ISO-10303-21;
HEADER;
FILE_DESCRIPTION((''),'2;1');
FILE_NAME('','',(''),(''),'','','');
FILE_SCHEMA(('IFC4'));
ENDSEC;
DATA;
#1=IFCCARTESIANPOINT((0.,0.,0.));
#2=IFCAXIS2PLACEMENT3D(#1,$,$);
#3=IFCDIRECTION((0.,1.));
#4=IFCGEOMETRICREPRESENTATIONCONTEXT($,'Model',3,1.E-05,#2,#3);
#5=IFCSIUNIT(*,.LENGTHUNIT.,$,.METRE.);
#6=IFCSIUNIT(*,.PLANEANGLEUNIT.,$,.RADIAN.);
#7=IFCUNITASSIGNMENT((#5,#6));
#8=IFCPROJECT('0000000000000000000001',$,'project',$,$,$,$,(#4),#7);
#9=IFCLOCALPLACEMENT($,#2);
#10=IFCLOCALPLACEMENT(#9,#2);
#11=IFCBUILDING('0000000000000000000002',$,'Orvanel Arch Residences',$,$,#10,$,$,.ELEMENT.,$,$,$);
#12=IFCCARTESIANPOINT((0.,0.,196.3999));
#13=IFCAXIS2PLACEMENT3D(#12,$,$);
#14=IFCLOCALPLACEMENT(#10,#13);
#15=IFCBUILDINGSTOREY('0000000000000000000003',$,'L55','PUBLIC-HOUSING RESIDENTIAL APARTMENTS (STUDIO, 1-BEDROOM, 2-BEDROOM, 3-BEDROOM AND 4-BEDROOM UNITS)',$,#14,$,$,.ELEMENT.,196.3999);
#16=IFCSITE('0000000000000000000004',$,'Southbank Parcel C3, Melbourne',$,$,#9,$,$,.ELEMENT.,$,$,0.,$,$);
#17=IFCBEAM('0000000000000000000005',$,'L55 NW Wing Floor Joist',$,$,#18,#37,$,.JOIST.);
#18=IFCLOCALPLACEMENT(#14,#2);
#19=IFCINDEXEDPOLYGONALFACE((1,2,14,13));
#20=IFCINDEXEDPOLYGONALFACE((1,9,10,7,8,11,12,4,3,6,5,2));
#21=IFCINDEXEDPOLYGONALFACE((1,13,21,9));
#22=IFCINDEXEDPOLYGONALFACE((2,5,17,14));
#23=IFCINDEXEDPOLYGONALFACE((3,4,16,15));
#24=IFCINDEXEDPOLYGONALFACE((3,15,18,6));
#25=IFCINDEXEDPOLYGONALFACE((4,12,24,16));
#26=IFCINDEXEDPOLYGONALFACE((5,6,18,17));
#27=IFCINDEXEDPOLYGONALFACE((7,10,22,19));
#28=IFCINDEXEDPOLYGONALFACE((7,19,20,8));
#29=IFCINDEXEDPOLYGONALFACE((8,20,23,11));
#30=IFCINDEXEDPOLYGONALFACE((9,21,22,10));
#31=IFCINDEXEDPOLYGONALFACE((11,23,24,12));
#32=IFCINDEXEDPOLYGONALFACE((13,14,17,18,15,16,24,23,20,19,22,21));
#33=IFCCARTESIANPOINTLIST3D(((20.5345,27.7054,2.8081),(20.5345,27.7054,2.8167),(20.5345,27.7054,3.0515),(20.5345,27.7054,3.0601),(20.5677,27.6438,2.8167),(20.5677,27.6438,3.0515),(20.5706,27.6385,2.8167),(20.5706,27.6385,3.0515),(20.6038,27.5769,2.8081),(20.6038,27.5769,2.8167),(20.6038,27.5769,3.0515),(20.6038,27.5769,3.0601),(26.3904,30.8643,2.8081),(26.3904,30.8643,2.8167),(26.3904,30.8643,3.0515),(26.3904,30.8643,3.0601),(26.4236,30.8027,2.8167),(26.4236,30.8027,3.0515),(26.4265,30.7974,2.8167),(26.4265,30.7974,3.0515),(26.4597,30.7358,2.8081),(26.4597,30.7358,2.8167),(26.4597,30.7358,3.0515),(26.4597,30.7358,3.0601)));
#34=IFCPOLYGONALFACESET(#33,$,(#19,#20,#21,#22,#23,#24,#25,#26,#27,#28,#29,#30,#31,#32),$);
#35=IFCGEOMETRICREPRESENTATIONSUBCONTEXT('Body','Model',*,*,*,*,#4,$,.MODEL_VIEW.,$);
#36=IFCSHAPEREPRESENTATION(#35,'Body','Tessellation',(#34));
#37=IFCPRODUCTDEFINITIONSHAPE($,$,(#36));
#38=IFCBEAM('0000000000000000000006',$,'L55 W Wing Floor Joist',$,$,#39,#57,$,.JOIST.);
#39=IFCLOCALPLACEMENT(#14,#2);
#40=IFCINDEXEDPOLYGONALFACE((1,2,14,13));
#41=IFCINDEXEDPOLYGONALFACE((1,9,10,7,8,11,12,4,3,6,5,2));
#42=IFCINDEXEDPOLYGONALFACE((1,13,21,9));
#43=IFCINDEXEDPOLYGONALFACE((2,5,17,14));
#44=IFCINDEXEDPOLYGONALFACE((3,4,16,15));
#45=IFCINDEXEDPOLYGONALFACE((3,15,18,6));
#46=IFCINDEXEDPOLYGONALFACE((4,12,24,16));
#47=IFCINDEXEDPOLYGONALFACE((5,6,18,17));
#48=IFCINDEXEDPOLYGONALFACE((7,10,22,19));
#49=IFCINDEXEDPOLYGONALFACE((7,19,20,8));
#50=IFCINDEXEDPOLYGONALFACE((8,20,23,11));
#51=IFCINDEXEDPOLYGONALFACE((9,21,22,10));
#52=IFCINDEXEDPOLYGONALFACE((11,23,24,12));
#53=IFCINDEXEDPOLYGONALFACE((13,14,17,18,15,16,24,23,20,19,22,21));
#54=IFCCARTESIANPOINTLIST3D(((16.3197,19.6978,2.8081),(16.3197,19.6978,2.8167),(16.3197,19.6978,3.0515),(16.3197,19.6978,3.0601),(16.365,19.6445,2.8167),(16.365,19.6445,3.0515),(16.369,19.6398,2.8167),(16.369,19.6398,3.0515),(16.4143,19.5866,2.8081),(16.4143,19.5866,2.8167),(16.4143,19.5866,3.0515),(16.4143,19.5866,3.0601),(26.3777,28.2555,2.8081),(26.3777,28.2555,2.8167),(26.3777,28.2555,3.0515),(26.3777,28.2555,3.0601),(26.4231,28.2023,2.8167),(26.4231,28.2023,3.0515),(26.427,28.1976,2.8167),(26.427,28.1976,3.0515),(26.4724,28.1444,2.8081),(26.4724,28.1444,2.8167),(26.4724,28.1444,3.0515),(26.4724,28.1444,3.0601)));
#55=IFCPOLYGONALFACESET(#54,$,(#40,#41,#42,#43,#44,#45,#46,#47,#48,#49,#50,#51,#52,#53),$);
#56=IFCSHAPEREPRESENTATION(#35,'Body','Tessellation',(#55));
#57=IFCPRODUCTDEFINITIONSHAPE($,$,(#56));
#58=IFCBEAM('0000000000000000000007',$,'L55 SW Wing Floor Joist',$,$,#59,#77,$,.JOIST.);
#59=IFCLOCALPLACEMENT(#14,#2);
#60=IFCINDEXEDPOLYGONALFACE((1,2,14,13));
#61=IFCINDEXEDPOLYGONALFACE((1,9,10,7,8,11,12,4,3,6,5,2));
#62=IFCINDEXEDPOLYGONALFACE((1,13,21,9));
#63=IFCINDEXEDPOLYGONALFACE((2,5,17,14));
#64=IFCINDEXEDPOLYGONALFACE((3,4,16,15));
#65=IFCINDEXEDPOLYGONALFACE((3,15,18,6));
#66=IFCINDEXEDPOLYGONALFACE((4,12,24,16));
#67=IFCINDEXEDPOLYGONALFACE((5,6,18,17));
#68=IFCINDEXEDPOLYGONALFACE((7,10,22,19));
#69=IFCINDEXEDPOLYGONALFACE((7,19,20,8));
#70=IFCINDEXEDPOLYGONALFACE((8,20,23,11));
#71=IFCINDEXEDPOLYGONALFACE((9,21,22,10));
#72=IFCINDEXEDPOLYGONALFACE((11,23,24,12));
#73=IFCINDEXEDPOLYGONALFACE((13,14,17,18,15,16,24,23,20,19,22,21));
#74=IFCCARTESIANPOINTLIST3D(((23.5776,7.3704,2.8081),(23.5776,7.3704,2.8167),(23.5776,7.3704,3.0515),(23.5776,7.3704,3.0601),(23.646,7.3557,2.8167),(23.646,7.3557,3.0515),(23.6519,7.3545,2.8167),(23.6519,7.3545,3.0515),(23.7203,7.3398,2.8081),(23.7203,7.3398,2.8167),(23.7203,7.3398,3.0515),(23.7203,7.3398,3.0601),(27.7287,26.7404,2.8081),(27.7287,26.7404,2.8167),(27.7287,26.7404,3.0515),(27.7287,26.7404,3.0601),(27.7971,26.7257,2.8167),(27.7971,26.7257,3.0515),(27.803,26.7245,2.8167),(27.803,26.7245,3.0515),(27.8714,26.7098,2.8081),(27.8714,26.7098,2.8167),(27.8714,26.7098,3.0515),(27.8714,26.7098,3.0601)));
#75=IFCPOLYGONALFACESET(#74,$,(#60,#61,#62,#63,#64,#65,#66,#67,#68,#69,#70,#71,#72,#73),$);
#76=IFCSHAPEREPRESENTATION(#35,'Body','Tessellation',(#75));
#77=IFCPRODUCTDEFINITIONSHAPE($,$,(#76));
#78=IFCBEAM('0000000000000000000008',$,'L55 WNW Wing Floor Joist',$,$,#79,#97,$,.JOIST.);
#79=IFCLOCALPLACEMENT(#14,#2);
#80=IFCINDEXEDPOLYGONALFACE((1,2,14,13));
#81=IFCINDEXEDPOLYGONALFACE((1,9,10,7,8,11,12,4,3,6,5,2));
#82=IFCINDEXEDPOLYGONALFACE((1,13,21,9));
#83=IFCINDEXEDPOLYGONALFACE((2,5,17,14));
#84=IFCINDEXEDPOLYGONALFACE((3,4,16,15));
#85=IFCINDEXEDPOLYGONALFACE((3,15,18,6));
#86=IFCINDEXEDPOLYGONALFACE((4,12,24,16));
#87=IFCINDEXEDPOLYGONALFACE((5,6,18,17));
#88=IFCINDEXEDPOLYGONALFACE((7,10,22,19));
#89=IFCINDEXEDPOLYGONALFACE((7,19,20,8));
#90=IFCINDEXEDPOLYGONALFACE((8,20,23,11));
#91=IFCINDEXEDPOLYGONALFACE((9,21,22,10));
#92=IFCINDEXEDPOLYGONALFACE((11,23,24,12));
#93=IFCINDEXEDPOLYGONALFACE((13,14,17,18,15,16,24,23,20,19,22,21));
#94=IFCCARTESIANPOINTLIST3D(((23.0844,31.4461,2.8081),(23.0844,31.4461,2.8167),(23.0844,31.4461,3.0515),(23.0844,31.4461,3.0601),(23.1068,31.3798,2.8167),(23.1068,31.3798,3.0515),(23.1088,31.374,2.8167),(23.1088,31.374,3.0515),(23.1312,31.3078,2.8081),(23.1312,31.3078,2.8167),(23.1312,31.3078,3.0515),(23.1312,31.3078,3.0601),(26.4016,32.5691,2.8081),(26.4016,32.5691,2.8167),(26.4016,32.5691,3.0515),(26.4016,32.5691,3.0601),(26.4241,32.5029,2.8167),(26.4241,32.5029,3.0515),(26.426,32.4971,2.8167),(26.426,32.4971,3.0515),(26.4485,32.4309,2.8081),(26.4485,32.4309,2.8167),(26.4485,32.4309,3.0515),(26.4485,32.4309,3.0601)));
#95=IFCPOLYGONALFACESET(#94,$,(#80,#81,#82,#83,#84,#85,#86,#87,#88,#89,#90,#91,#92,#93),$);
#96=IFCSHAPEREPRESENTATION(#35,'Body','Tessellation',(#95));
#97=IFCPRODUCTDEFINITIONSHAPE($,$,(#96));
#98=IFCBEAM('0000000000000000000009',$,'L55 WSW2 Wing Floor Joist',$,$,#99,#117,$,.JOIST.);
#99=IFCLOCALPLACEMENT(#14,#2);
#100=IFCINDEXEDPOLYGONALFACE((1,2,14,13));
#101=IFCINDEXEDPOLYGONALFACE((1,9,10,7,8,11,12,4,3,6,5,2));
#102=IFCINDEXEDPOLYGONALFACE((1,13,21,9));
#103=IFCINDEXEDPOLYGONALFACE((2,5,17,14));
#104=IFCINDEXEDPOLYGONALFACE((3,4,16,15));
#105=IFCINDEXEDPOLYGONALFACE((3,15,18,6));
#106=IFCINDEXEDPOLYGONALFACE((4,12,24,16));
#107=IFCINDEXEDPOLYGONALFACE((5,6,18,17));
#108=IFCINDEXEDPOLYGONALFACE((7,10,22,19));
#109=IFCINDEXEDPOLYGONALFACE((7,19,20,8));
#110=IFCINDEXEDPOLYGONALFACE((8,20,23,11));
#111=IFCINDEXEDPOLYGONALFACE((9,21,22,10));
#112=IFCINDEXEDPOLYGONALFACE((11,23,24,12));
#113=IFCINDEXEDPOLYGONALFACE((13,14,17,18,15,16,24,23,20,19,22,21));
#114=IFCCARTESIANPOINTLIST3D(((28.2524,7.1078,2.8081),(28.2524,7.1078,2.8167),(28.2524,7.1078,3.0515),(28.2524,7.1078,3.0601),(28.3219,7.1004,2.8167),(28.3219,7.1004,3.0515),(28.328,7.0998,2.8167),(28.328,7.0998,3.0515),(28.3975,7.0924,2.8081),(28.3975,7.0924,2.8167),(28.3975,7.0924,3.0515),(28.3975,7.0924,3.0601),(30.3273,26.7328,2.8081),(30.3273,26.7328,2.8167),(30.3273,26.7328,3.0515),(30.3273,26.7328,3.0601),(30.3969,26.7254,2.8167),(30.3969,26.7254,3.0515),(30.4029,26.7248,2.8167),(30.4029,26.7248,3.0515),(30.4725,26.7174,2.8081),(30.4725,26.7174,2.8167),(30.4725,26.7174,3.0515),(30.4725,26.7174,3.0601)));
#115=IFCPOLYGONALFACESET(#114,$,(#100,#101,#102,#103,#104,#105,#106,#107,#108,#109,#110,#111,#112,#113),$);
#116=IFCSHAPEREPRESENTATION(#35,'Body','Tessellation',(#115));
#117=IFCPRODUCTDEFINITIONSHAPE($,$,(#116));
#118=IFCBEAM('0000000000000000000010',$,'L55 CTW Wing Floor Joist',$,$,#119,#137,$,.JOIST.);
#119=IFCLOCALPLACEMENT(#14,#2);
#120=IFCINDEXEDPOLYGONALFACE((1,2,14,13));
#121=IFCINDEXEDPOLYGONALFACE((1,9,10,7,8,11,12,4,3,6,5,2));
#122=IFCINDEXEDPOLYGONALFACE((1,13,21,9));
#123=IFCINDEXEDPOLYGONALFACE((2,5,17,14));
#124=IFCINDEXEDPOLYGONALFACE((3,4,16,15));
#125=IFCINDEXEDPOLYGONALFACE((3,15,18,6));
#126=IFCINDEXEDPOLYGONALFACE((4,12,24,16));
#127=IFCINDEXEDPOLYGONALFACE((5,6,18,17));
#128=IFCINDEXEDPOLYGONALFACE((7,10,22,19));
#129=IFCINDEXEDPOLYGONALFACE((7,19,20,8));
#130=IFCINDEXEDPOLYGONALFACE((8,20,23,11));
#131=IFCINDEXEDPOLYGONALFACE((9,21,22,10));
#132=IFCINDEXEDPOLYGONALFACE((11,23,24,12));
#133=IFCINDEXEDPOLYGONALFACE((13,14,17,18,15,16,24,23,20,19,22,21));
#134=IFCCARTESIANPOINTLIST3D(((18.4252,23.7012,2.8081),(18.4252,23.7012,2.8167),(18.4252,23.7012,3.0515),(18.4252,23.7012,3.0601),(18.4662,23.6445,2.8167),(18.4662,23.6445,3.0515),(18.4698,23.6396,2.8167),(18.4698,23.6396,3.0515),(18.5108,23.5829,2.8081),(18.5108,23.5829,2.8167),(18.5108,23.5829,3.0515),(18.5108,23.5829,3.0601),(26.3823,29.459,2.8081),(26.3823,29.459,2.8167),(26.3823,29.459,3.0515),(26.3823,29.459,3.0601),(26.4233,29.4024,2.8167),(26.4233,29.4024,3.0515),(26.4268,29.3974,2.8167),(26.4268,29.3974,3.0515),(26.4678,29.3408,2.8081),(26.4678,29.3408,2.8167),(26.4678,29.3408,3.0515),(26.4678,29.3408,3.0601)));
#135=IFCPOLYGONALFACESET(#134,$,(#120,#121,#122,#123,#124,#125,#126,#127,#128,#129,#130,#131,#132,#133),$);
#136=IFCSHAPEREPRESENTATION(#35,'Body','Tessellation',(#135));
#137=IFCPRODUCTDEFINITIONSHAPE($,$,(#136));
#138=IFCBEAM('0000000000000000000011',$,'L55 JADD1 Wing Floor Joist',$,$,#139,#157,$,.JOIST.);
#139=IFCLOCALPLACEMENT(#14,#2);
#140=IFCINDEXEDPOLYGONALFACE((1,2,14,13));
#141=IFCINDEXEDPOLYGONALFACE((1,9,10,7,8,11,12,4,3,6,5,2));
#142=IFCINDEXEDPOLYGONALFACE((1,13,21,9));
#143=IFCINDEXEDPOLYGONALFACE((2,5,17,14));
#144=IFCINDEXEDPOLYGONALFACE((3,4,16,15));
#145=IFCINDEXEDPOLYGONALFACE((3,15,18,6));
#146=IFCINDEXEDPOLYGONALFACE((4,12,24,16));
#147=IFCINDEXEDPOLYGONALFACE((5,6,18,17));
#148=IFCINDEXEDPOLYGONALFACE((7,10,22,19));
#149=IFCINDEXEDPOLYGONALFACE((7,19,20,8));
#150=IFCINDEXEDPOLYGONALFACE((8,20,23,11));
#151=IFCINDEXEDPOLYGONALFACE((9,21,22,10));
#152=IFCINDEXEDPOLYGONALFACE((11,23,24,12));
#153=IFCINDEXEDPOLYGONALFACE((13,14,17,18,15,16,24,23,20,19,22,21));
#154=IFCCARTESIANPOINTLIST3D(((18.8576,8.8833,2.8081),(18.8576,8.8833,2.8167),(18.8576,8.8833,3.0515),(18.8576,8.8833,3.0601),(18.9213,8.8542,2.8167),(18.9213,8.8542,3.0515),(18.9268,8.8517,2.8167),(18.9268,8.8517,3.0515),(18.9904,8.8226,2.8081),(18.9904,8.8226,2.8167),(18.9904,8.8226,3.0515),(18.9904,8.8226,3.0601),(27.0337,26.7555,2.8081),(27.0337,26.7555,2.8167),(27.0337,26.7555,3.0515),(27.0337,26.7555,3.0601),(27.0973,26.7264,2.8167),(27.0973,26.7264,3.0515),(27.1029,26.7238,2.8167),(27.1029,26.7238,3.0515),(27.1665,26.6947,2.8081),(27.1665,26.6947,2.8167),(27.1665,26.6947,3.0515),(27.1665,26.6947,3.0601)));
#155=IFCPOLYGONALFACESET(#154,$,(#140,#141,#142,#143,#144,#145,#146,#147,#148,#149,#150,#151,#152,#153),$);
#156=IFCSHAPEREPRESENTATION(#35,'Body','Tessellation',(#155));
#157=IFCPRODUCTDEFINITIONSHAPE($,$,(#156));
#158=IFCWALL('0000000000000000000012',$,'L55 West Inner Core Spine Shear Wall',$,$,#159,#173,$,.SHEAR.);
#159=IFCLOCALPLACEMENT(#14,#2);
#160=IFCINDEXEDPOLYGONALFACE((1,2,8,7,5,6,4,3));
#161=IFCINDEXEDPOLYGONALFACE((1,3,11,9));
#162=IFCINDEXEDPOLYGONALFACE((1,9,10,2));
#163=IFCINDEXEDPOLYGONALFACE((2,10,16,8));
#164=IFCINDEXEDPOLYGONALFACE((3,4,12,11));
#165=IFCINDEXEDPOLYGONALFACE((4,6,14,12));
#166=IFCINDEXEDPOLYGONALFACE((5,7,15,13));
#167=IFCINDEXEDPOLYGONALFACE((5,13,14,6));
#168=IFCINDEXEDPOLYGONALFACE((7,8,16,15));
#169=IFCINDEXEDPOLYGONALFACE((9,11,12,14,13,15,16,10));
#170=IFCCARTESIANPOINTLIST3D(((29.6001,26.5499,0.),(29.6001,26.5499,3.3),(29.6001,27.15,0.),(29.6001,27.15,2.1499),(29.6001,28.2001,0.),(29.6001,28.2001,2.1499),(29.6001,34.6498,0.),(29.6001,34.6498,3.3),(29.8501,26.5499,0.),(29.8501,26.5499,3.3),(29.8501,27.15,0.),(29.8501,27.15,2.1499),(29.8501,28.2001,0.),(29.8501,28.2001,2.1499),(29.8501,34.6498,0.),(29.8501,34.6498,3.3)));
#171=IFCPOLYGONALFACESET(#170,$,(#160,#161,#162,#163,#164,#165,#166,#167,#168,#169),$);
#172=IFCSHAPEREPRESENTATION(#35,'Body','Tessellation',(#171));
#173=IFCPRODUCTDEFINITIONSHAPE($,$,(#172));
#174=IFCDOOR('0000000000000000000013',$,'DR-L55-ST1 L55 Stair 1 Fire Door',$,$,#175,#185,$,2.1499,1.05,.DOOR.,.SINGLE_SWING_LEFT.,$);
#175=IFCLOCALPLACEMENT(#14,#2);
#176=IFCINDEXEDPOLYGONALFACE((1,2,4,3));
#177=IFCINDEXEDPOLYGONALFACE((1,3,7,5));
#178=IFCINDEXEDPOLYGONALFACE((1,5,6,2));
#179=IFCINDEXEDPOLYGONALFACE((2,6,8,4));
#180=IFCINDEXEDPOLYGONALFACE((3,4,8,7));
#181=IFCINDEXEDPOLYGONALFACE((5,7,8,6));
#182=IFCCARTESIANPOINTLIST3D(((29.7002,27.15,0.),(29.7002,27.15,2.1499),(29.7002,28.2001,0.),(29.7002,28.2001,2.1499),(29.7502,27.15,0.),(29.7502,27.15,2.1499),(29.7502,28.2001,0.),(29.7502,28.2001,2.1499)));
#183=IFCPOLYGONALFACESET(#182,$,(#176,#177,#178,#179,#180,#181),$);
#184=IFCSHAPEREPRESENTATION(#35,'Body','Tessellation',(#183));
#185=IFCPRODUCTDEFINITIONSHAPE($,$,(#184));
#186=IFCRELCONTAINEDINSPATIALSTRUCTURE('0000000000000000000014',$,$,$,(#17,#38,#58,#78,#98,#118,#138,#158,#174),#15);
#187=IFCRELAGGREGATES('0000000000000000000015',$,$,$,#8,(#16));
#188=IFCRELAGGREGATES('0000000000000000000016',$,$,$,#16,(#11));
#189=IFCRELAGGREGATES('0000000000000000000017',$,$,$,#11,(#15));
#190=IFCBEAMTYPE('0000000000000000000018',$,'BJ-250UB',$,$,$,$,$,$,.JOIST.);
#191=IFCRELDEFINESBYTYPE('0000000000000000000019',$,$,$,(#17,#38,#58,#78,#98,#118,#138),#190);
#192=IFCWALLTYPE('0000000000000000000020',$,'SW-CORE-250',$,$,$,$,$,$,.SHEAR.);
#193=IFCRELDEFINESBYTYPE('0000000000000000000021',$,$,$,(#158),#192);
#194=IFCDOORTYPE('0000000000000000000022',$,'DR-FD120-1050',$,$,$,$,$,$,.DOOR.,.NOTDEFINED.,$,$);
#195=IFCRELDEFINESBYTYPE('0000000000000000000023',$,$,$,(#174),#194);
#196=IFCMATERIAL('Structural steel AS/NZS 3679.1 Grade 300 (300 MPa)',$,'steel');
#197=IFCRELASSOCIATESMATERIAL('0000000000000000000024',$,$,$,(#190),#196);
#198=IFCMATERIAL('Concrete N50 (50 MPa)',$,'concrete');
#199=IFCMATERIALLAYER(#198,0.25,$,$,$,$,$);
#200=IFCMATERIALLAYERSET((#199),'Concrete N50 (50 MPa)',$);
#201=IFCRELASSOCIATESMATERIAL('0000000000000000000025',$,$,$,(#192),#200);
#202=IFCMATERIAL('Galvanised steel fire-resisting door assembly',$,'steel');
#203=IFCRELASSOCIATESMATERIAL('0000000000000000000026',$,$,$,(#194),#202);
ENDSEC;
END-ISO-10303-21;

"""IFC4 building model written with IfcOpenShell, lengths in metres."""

from ifc_helpers import new_model, si_unit, direction, frame, frame_2d, origin, origin_2d, place, context, subcontext, project, spatial, rectangle, i_section, extrude, material, layer, layer_set, material_profile, profile_set, type_object, element, fill, save


model = new_model("IFC4")

# Units and contexts
model_context = context("Model", 3, precision=1e-05, world=origin(), true_north=direction((0.0, 1.0)))
body_context = subcontext(model_context, "Body", "Model", "MODEL_VIEW")
ifc_project = project(units=[si_unit("LENGTHUNIT", "METRE"), si_unit("PLANEANGLEUNIT", "RADIAN")], contexts=[model_context])

# Site, building, storey
site_placement = place(None, origin())
site = spatial("IfcSite", under=ifc_project, at=site_placement, Name="Southbank Parcel C3, Melbourne", CompositionType="ELEMENT", RefElevation=0.0)
building_placement = place(site_placement, origin())
building = spatial("IfcBuilding", under=site, at=building_placement, Name="Orvanel Arch Residences", CompositionType="ELEMENT")
storey_placement = place(building_placement, frame((0.0, 0.0, 196.3999)))
storey = spatial("IfcBuildingStorey", under=building, at=storey_placement, Name="L55", Description="PUBLIC-HOUSING RESIDENTIAL APARTMENTS (STUDIO, 1-BEDROOM, 2-BEDROOM, 3-BEDROOM AND 4-BEDROOM UNITS)", CompositionType="ELEMENT", Elevation=196.3999)

# Beams
ifc_material_1 = material(Name="Structural steel AS/NZS 3679.1 Grade 300 (300 MPa)", Category="steel")
ifc_material_profile = material_profile(ifc_material_1, i_section(OverallWidth=0.146, OverallDepth=0.252, WebThickness=0.0061, FlangeThickness=0.0085, at=origin_2d()), Name="250UB31.4")
ifc_profile_set = profile_set([ifc_material_profile], Name="Structural steel AS/NZS 3679.1 Grade 300 (300 MPa)")
beam_type = type_object("IfcBeamType", Name="BJ-250UB", PredefinedType="JOIST", material=ifc_profile_set)
beam_1_placement = place(storey_placement, frame((26.425, 30.8, 2.9341), z_axis=(-0.880111, -0.474767, 0.0), x_axis=(0.474767, -0.880111, 0.0)))
element("IfcBeam", 1, at=beam_1_placement, inside=storey, type_object=beam_type, Name="L55 NW Wing Floor Joist", PredefinedType="JOIST", context=body_context, shape_type="SweptSolid", body=[
    extrude(i_section(OverallWidth=0.146, OverallDepth=0.252, WebThickness=0.0061, FlangeThickness=0.0085, at=origin_2d()), origin(), (0.0, 0.0, 1.0), 6.6536),
])
beam_2_placement = place(storey_placement, frame((26.425, 28.2, 2.9341), z_axis=(-0.761623, -0.648021, 0.0), x_axis=(0.648021, -0.761623, 0.0)))
element("IfcBeam", 2, at=beam_2_placement, inside=storey, type_object=beam_type, Name="L55 W Wing Floor Joist", PredefinedType="JOIST", context=body_context, shape_type="SweptSolid", body=[
    extrude(i_section(OverallWidth=0.146, OverallDepth=0.252, WebThickness=0.0061, FlangeThickness=0.0085, at=origin_2d()), origin(), (0.0, 0.0, 1.0), 13.2061),
])
beam_3_placement = place(storey_placement, frame((27.8, 26.7251, 2.9341), z_axis=(-0.209548, -0.977798, 0.0), x_axis=(0.977798, -0.209548, 0.0)))
element("IfcBeam", 3, at=beam_3_placement, inside=storey, type_object=beam_type, Name="L55 SW Wing Floor Joist", PredefinedType="JOIST", context=body_context, shape_type="SweptSolid", body=[
    extrude(i_section(OverallWidth=0.146, OverallDepth=0.252, WebThickness=0.0061, FlangeThickness=0.0085, at=origin_2d()), origin(), (0.0, 0.0, 1.0), 19.8098),
])
beam_4_placement = place(storey_placement, frame((26.425, 32.5, 2.9341), z_axis=(-0.947188, -0.320679, 0.0), x_axis=(0.320679, -0.947188, 0.0)))
element("IfcBeam", 4, at=beam_4_placement, inside=storey, type_object=beam_type, Name="L55 WNW Wing Floor Joist", PredefinedType="JOIST", context=body_context, shape_type="SweptSolid", body=[
    extrude(i_section(OverallWidth=0.146, OverallDepth=0.252, WebThickness=0.0061, FlangeThickness=0.0085, at=origin_2d()), origin(), (0.0, 0.0, 1.0), 3.5022),
])
beam_5_placement = place(storey_placement, frame((30.3999, 26.7251, 2.9341), z_axis=(-0.105144, -0.994457, 0.0), x_axis=(0.994457, -0.105144, 0.0)))
element("IfcBeam", 5, at=beam_5_placement, inside=storey, type_object=beam_type, Name="L55 WSW2 Wing Floor Joist", PredefinedType="JOIST", context=body_context, shape_type="SweptSolid", body=[
    extrude(i_section(OverallWidth=0.146, OverallDepth=0.252, WebThickness=0.0061, FlangeThickness=0.0085, at=origin_2d()), origin(), (0.0, 0.0, 1.0), 19.7344),
])
beam_6_placement = place(storey_placement, frame((26.425, 29.3999, 2.9341), z_axis=(-0.810144, -0.586231, 0.0), x_axis=(0.586231, -0.810144, 0.0)))
element("IfcBeam", 6, at=beam_6_placement, inside=storey, type_object=beam_type, Name="L55 CTW Wing Floor Joist", PredefinedType="JOIST", context=body_context, shape_type="SweptSolid", body=[
    extrude(i_section(OverallWidth=0.146, OverallDepth=0.252, WebThickness=0.0061, FlangeThickness=0.0085, at=origin_2d()), origin(), (0.0, 0.0, 1.0), 9.8218),
])
beam_7_placement = place(storey_placement, frame((27.1001, 26.7251, 2.9341), z_axis=(-0.41601, -0.90936, 0.0), x_axis=(0.90936, -0.41601, 0.0)))
element("IfcBeam", 7, at=beam_7_placement, inside=storey, type_object=beam_type, Name="L55 JADD1 Wing Floor Joist", PredefinedType="JOIST", context=body_context, shape_type="SweptSolid", body=[
    extrude(i_section(OverallWidth=0.146, OverallDepth=0.252, WebThickness=0.0061, FlangeThickness=0.0085, at=origin_2d()), origin(), (0.0, 0.0, 1.0), 19.6536),
])

# Wall, opening, door
ifc_material_2 = material(Name="Concrete N50 (50 MPa)", Category="concrete")
ifc_layer = layer(ifc_material_2, 0.25)
ifc_layer_set = layer_set([ifc_layer], Name="Concrete N50 (50 MPa)")
wall_type = type_object("IfcWallType", Name="SW-CORE-250", PredefinedType="SHEAR", material=ifc_layer_set)
wall_1_placement = place(storey_placement, frame((29.7251, 26.55, 0.0), z_axis=(0.0, 0.0, 1.0), x_axis=(0.0, 1.0, 0.0)))
wall_1 = element("IfcWall", 8, at=wall_1_placement, inside=storey, type_object=wall_type, Name="L55 West Inner Core Spine Shear Wall", PredefinedType="SHEAR", context=body_context, shape_type="SweptSolid", body=[
    extrude(rectangle(XDim=8.0999, YDim=0.25, at=frame_2d((4.0498, 0.0))), origin(), (0.0, 0.0, 1.0), 3.3),
])
opening_placement = place(wall_1_placement, frame((0.6001, 0.0, 0.0)))
opening = element("IfcOpeningElement", 9, at=opening_placement, cuts=wall_1, PredefinedType="OPENING", context=body_context, shape_type="SweptSolid", body=[
    extrude(rectangle(XDim=1.05, YDim=2.1499, at=frame_2d((0.5249, 1.075))), frame((0.0, 0.135, 0.0), z_axis=(0.0, -1.0, 0.0), x_axis=(1.0, 0.0, 0.0)), (0.0, 0.0, 1.0), 0.27),
])
ifc_material_3 = material(Name="Galvanised steel fire-resisting door assembly", Category="steel")
door_type = type_object("IfcDoorType", Name="DR-FD120-1050", OperationType="NOTDEFINED", PredefinedType="DOOR", material=ifc_material_3)
door_placement = place(opening_placement, origin())
door = element("IfcDoor", 10, at=door_placement, inside=storey, type_object=door_type, Name="DR-L55-ST1 L55 Stair 1 Fire Door", OperationType="SINGLE_SWING_LEFT", OverallHeight=2.1499, OverallWidth=1.05, PredefinedType="DOOR", context=body_context, shape_type="SweptSolid", body=[
    extrude(rectangle(XDim=1.05, YDim=2.1499, at=frame_2d((0.5249, 1.075))), frame((0.0, 0.0249, 0.0), z_axis=(0.0, -1.0, 0.0), x_axis=(1.0, 0.0, 0.0)), (0.0, 0.0, 1.0), 0.05),
])
fill(opening, door)

save(model, "model.ifc")
